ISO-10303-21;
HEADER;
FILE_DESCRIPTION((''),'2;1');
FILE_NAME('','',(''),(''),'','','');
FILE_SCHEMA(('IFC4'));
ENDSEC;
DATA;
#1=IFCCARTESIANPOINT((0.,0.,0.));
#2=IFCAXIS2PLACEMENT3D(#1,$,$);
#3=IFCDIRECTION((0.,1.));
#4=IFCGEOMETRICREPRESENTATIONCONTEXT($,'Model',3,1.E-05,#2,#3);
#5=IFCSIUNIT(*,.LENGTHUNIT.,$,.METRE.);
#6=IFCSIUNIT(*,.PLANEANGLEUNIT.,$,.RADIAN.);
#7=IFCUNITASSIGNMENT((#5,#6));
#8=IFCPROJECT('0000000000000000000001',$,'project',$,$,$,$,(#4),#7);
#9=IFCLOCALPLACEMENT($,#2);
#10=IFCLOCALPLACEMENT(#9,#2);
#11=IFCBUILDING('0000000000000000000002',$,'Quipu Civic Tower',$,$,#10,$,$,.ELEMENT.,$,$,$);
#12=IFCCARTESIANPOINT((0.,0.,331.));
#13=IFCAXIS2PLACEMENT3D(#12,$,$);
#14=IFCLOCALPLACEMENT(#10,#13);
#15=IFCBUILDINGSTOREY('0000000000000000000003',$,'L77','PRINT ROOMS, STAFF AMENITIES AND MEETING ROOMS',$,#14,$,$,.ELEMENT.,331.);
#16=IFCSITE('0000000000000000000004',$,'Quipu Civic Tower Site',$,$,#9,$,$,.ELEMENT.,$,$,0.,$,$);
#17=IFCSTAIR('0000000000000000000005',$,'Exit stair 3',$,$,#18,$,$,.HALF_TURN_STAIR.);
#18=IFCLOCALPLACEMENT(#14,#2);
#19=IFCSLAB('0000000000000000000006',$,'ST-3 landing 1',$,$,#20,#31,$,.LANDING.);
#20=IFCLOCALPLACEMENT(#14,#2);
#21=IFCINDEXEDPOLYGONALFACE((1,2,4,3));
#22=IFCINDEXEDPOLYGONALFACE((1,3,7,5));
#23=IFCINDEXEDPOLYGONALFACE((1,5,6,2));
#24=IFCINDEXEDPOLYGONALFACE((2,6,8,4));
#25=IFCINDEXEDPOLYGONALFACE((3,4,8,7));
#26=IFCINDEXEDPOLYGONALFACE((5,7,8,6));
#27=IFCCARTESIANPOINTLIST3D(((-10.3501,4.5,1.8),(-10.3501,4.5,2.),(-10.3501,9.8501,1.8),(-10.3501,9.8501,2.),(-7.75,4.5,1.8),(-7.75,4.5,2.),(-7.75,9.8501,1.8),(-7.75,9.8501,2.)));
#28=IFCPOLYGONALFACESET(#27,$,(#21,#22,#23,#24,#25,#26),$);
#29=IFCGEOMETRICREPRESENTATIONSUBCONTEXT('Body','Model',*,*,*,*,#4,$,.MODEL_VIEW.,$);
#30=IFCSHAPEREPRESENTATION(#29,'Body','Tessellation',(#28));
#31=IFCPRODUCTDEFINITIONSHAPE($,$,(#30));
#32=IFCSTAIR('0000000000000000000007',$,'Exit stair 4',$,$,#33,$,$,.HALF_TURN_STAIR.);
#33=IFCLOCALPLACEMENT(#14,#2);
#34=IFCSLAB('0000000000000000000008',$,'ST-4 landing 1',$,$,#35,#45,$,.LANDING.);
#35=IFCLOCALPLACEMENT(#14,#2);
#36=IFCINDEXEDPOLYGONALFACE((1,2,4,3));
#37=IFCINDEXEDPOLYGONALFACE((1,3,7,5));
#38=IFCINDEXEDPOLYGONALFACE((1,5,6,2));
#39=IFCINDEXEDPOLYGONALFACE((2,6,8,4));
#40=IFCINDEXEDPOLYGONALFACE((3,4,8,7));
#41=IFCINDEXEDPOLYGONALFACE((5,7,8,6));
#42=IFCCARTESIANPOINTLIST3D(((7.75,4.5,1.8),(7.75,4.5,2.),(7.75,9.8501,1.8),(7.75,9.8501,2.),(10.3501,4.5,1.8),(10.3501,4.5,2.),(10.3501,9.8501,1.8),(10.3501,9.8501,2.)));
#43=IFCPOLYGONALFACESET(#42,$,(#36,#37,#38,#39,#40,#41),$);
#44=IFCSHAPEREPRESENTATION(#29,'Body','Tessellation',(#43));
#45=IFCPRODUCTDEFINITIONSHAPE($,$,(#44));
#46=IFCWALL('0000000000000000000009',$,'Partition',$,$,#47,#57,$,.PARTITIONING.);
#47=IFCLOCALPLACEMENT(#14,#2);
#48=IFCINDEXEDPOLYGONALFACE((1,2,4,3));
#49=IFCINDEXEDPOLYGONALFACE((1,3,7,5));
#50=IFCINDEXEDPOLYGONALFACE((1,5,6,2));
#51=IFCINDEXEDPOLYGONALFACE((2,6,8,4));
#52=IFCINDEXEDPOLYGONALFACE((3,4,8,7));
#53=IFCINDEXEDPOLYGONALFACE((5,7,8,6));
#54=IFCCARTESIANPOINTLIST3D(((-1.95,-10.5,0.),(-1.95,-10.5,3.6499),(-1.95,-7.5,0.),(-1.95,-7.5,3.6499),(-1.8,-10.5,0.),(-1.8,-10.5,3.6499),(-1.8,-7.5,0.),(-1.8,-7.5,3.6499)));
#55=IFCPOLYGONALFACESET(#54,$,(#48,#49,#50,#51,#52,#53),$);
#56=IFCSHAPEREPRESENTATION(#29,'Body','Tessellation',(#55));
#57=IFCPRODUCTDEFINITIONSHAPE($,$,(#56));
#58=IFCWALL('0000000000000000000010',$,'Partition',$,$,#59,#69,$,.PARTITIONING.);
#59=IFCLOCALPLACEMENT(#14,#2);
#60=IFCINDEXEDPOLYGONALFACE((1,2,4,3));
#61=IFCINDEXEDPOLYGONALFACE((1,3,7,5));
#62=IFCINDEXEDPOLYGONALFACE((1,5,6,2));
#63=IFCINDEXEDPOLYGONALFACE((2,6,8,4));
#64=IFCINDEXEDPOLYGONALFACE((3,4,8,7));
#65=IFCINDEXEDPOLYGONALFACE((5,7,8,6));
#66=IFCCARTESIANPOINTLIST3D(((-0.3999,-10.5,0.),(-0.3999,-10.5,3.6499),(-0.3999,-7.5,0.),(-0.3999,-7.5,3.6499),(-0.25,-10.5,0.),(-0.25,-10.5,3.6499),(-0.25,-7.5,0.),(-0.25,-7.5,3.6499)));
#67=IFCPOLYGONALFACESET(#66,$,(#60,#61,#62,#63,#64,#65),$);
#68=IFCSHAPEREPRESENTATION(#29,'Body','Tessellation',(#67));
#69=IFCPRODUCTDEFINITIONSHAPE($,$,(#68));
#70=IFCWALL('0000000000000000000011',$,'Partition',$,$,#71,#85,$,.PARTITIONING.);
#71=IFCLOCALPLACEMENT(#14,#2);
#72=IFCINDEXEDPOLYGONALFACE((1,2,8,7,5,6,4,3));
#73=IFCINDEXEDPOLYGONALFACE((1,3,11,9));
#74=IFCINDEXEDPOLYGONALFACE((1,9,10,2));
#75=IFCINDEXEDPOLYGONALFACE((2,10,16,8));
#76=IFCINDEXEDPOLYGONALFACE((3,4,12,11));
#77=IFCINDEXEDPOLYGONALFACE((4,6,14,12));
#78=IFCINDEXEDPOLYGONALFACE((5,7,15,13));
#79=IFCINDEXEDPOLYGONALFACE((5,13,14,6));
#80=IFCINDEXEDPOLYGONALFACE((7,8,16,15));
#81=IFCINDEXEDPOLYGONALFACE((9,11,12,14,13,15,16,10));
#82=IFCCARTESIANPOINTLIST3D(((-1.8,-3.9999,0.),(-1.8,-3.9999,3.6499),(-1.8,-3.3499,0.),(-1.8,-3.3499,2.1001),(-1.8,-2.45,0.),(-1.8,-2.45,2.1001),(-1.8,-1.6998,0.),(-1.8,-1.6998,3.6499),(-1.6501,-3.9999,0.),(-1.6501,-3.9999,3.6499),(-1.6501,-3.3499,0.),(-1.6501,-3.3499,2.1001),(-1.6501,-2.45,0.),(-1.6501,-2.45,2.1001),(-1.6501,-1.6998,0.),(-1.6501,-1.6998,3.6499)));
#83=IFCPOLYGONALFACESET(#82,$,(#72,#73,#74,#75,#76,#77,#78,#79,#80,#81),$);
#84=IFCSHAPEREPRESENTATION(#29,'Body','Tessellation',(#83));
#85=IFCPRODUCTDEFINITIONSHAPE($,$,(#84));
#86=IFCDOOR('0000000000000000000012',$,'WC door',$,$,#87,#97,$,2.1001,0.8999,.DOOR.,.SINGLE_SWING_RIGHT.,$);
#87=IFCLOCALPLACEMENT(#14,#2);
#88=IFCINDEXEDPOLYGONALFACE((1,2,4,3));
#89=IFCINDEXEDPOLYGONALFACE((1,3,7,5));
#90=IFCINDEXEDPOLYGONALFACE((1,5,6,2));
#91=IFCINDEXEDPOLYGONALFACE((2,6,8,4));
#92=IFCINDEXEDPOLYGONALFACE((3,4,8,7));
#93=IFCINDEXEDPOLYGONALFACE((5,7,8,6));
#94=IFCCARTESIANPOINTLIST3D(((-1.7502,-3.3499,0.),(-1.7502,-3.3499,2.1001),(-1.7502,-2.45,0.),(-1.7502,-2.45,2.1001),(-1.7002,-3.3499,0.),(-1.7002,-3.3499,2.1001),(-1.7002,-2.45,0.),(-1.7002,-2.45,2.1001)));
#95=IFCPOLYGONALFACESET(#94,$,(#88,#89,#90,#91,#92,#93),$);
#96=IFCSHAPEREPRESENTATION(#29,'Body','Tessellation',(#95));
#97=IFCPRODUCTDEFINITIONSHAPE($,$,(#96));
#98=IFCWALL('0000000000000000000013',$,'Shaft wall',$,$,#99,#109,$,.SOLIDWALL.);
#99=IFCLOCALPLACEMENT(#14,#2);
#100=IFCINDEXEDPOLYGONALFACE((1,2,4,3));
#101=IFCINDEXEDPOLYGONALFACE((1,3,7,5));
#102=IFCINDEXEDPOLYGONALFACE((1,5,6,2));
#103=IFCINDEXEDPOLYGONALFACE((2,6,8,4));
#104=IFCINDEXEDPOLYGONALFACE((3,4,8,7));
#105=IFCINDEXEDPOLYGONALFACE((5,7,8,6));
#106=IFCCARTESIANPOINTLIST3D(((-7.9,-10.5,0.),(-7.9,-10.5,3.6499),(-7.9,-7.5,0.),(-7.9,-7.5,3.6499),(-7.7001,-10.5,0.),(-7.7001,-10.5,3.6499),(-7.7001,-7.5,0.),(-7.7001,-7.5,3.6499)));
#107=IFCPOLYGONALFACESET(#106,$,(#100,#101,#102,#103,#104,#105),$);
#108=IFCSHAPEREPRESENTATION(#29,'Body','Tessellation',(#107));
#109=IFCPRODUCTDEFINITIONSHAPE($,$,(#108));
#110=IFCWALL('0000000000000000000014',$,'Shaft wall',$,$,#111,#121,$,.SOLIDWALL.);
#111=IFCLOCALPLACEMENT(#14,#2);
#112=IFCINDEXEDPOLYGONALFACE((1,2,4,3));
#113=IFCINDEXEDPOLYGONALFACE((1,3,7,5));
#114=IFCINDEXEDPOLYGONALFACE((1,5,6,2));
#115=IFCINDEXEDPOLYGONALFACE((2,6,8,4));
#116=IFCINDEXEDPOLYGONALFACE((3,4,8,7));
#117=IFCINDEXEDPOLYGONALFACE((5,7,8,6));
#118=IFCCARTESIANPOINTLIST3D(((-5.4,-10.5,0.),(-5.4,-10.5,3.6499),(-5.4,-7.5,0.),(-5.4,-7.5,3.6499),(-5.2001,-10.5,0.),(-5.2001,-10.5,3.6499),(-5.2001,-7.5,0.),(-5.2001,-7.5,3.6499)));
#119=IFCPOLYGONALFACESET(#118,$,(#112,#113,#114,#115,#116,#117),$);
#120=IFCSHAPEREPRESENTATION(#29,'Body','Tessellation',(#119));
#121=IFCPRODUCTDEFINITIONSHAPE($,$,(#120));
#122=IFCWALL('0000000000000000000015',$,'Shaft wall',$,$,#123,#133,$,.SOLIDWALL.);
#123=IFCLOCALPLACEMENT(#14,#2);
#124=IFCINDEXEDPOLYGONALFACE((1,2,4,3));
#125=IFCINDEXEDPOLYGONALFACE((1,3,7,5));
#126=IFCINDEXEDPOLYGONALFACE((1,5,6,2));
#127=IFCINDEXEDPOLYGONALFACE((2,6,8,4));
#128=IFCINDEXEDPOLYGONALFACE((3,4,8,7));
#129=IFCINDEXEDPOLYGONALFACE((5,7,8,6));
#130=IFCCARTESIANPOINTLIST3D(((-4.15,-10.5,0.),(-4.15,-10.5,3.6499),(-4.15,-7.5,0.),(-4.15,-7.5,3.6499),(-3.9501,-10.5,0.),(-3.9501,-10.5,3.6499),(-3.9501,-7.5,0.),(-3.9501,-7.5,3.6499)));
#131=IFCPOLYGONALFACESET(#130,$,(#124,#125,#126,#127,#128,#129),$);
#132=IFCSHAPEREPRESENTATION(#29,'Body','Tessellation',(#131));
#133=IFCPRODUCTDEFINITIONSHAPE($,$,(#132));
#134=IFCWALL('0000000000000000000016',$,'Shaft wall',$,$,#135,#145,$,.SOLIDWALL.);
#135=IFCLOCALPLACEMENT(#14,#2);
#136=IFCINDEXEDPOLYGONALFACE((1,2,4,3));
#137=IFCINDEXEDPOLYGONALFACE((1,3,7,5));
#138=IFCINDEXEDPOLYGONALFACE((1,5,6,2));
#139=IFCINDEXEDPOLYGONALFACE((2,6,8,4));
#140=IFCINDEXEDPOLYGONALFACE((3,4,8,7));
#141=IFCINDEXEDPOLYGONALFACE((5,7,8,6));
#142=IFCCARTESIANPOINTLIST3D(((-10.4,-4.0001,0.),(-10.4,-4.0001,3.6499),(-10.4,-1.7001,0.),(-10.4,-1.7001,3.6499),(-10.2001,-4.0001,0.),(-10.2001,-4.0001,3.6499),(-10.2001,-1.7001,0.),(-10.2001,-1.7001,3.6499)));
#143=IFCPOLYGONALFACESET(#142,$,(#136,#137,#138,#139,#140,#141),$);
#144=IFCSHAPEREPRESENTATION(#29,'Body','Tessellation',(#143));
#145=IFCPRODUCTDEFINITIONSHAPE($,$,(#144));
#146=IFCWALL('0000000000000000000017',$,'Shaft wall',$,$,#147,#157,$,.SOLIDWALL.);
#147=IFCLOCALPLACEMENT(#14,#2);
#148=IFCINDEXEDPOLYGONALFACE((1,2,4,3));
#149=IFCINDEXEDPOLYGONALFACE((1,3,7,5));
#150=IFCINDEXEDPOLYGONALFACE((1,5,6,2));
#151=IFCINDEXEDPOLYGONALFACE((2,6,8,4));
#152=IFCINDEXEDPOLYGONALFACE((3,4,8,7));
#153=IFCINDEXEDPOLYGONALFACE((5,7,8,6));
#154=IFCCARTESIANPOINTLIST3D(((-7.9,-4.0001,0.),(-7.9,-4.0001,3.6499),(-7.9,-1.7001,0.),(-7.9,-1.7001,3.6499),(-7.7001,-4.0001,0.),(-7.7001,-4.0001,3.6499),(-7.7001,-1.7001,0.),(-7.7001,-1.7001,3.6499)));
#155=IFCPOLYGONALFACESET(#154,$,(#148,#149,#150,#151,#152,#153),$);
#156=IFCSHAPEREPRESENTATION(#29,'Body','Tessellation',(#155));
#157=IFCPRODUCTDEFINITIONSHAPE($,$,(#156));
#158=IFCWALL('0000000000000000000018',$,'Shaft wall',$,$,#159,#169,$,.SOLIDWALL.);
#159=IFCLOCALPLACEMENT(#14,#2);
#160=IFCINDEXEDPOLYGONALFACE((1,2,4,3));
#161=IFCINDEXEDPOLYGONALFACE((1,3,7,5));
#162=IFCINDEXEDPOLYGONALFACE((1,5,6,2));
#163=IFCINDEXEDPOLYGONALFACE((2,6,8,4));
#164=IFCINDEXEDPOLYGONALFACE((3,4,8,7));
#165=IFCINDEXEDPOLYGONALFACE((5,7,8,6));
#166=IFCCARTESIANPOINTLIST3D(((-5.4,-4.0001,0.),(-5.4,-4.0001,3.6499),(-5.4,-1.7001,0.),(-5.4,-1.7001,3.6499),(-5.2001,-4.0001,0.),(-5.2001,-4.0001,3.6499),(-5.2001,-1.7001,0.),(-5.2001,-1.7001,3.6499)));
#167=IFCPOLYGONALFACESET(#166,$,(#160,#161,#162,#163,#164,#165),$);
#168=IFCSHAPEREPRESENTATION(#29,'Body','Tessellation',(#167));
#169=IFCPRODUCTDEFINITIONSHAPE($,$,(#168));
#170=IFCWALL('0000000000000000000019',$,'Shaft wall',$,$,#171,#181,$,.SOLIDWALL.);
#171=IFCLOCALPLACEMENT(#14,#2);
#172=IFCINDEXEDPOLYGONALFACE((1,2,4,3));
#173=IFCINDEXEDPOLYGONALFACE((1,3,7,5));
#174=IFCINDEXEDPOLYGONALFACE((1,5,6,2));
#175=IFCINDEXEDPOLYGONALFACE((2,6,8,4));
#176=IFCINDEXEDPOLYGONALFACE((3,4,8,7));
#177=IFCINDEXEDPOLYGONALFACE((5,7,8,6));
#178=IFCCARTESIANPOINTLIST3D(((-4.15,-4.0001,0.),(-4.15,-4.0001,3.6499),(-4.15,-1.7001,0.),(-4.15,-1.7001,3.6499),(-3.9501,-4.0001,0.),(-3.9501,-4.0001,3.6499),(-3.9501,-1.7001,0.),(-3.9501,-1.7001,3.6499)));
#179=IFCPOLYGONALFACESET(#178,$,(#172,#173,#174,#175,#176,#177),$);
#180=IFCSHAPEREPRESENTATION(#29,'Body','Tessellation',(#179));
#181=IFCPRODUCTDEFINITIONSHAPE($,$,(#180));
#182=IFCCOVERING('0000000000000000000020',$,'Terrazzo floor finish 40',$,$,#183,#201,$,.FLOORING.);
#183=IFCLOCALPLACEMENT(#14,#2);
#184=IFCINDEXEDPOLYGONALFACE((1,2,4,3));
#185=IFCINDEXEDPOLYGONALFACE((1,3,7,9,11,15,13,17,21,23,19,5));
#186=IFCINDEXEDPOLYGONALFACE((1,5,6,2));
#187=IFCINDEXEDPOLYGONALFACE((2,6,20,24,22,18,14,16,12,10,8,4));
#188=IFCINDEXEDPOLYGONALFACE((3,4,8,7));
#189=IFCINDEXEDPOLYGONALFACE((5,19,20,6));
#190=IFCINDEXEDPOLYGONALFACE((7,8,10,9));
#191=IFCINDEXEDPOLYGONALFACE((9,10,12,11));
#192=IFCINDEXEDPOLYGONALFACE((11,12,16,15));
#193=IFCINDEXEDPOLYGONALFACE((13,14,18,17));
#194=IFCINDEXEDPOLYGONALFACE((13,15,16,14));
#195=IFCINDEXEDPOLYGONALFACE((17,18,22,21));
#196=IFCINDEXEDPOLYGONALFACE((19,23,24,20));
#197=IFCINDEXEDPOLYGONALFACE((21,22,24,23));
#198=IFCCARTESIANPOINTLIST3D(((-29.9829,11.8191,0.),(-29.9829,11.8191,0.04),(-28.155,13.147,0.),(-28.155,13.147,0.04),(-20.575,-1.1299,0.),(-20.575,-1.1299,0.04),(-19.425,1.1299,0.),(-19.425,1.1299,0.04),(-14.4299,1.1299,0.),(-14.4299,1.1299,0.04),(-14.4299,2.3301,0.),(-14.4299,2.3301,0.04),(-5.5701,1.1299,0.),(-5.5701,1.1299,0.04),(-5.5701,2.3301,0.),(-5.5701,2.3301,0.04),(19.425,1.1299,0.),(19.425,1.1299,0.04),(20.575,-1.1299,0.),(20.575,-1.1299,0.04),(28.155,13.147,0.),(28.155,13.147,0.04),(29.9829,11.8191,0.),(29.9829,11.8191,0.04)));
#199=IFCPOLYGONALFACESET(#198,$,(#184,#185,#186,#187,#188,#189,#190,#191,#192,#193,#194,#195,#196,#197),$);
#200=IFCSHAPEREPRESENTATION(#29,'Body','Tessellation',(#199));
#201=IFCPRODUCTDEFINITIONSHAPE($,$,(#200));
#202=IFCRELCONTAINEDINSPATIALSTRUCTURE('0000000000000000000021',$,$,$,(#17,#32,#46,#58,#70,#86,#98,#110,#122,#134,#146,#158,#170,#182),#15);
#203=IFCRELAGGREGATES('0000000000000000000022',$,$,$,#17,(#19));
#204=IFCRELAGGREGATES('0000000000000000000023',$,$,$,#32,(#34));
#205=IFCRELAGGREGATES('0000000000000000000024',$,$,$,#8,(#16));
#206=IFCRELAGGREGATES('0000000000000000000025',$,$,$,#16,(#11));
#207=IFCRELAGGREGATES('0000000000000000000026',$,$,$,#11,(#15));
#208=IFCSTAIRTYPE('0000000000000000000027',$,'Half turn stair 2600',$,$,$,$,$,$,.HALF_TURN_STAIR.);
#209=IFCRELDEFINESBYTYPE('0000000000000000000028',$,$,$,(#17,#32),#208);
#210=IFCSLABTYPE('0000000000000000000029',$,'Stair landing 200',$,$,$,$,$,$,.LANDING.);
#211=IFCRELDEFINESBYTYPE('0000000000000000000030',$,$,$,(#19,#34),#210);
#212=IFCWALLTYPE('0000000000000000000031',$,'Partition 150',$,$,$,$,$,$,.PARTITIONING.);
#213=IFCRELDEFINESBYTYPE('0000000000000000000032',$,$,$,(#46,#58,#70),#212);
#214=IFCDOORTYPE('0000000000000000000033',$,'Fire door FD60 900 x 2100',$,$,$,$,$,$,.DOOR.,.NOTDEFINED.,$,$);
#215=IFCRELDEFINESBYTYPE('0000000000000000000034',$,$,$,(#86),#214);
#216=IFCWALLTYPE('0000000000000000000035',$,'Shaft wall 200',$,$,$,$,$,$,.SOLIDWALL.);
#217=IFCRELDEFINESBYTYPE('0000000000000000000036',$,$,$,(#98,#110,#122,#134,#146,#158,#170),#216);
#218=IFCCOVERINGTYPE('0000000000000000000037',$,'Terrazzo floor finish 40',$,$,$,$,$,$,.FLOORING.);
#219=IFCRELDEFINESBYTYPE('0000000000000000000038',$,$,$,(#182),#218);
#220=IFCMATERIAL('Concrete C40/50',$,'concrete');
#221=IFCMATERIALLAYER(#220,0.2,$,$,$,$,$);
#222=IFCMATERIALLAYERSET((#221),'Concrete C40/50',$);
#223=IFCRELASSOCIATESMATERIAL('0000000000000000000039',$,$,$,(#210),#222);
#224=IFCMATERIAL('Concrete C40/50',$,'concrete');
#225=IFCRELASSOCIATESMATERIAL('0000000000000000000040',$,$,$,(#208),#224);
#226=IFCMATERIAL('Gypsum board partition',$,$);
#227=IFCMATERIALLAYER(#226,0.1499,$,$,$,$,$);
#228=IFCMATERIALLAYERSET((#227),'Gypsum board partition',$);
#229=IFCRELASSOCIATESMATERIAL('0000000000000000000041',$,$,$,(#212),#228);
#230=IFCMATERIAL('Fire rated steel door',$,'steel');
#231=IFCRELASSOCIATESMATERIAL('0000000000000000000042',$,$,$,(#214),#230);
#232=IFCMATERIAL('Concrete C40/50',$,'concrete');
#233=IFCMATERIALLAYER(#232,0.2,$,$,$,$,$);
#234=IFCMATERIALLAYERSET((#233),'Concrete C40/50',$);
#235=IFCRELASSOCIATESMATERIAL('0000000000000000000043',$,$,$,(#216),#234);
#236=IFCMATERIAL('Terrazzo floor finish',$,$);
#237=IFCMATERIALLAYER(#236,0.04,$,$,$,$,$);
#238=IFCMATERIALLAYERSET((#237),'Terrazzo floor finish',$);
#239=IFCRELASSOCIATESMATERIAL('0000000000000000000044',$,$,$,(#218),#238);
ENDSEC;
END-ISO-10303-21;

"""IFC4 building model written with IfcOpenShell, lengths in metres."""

from ifc_helpers import new_model, si_unit, direction, frame, frame_2d, origin, place, context, subcontext, project, spatial, polyline, rectangle, outline, extrude, material, layer, layer_set, type_object, element, fill, aggregate, save


model = new_model("IFC4")

# Units and contexts
model_context = context("Model", 3, precision=1e-05, world=origin(), true_north=direction((0.0, 1.0)))
body_context = subcontext(model_context, "Body", "Model", "MODEL_VIEW")
ifc_project = project(units=[si_unit("LENGTHUNIT", "METRE"), si_unit("PLANEANGLEUNIT", "RADIAN")], contexts=[model_context])

# Site, building, storey
site_placement = place(None, origin())
site = spatial("IfcSite", under=ifc_project, at=site_placement, Name="Quipu Civic Tower Site", CompositionType="ELEMENT", RefElevation=0.0)
building_placement = place(site_placement, origin())
building = spatial("IfcBuilding", under=site, at=building_placement, Name="Quipu Civic Tower", CompositionType="ELEMENT")
storey_placement = place(building_placement, frame((0.0, 0.0, 331.0)))
storey = spatial("IfcBuildingStorey", under=building, at=storey_placement, Name="L77", Description="PRINT ROOMS, STAFF AMENITIES AND MEETING ROOMS", CompositionType="ELEMENT", Elevation=331.0)

# Stairs, slabs
ifc_material_1 = material(Name="Concrete C40/50", Category="concrete")
ifc_layer_1 = layer(ifc_material_1, 0.2)
ifc_layer_set_1 = layer_set([ifc_layer_1], Name="Concrete C40/50")
slab_type_1 = type_object("IfcSlabType", Name="Stair landing 200", PredefinedType="LANDING", material=ifc_layer_set_1)
ifc_material_2 = material(Name="Concrete C40/50", Category="concrete")
stair_type_1 = type_object("IfcStairType", Name="Half turn stair 2600", PredefinedType="HALF_TURN_STAIR", material=ifc_material_2)
stair_1_placement = place(storey_placement, origin())
stair_1 = element("IfcStair", 1, at=stair_1_placement, inside=storey, type_object=stair_type_1, Name="Exit stair 3", PredefinedType="HALF_TURN_STAIR")
slab_1_placement = place(storey_placement, frame((0.0, 0.0, 1.8)))
slab_1 = element("IfcSlab", 2, at=slab_1_placement, type_object=slab_type_1, Name="ST-3 landing 1", PredefinedType="LANDING", context=body_context, shape_type="SweptSolid", body=[
    extrude(outline(polyline([(-10.3501, 4.5), (-7.75, 4.5), (-7.75, 9.8501), (-10.3501, 9.8501), (-10.3501, 4.5)])), origin(), (0.0, 0.0, 1.0), 0.2),
])
aggregate(stair_1, [slab_1])
stair_2_placement = place(storey_placement, origin())
stair_2 = element("IfcStair", 3, at=stair_2_placement, inside=storey, type_object=stair_type_1, Name="Exit stair 4", PredefinedType="HALF_TURN_STAIR")
slab_2_placement = place(storey_placement, frame((0.0, 0.0, 1.8)))
slab_2 = element("IfcSlab", 4, at=slab_2_placement, type_object=slab_type_1, Name="ST-4 landing 1", PredefinedType="LANDING", context=body_context, shape_type="SweptSolid", body=[
    extrude(outline(polyline([(10.3501, 9.8501), (7.75, 9.8501), (7.75, 4.5), (10.3501, 4.5), (10.3501, 9.8501)])), origin(), (0.0, 0.0, 1.0), 0.2),
])
aggregate(stair_2, [slab_2])

# Walls
ifc_material_3 = material(Name="Gypsum board partition")
ifc_layer_2 = layer(ifc_material_3, 0.1499)
ifc_layer_set_2 = layer_set([ifc_layer_2], Name="Gypsum board partition")
wall_type_1 = type_object("IfcWallType", Name="Partition 150", PredefinedType="PARTITIONING", material=ifc_layer_set_2)
for number, where, z_axis, x_axis, name in (
    (5, (-1.875, -10.5, 0.0), (0.0, 0.0, 1.0), (0.0, 1.0, 0.0), "Partition"),
    (6, (-0.325, -10.5, 0.0), (0.0, 0.0, 1.0), (0.0, 1.0, 0.0), "Partition"),
):
    element("IfcWall", number, at=place(storey_placement, frame(where, z_axis=z_axis, x_axis=x_axis)), inside=storey, type_object=wall_type_1, Name=name, PredefinedType="PARTITIONING", context=body_context, shape_type="SweptSolid", body=[
        extrude(rectangle(XDim=3.0, YDim=0.1499, at=frame_2d((1.5, 0.0))), origin(), (0.0, 0.0, 1.0), 3.6499),
    ])

# Wall, opening, door
wall_placement = place(storey_placement, frame((-1.7251, -1.7, 0.0), z_axis=(0.0, 0.0, 1.0), x_axis=(0.0, -1.0, 0.0)))
wall = element("IfcWall", 7, at=wall_placement, inside=storey, type_object=wall_type_1, Name="Partition", PredefinedType="PARTITIONING", context=body_context, shape_type="SweptSolid", body=[
    extrude(rectangle(XDim=2.3, YDim=0.1499, at=frame_2d((1.1499, 0.0))), origin(), (0.0, 0.0, 1.0), 3.6499),
])
opening_placement = place(wall_placement, frame((0.75, 0.0, 0.0)))
opening = element("IfcOpeningElement", 8, at=opening_placement, cuts=wall, PredefinedType="OPENING", context=body_context, shape_type="SweptSolid", body=[
    extrude(rectangle(XDim=0.8999, YDim=2.1001, at=frame_2d((0.45, 1.05))), frame((0.0, 0.085, 0.0), z_axis=(0.0, -1.0, 0.0), x_axis=(1.0, 0.0, 0.0)), (0.0, 0.0, 1.0), 0.1699),
])
ifc_material_4 = material(Name="Fire rated steel door", Category="steel")
door_type = type_object("IfcDoorType", Name="Fire door FD60 900 x 2100", OperationType="NOTDEFINED", PredefinedType="DOOR", material=ifc_material_4)
door_placement = place(opening_placement, origin())
door = element("IfcDoor", 9, at=door_placement, inside=storey, type_object=door_type, Name="WC door", OperationType="SINGLE_SWING_RIGHT", OverallHeight=2.1001, OverallWidth=0.8999, PredefinedType="DOOR", context=body_context, shape_type="SweptSolid", body=[
    extrude(rectangle(XDim=0.8999, YDim=2.1001, at=frame_2d((0.45, 1.05))), frame((0.0, 0.0249, 0.0), z_axis=(0.0, -1.0, 0.0), x_axis=(1.0, 0.0, 0.0)), (0.0, 0.0, 1.0), 0.05),
])
fill(opening, door)

# Walls
ifc_material_5 = material(Name="Concrete C40/50", Category="concrete")
ifc_layer_3 = layer(ifc_material_5, 0.2)
ifc_layer_set_3 = layer_set([ifc_layer_3], Name="Concrete C40/50")
wall_type_2 = type_object("IfcWallType", Name="Shaft wall 200", PredefinedType="SOLIDWALL", material=ifc_layer_set_3)
for number, where, z_axis, x_axis, name in (
    (10, (-7.8, -10.5, 0.0), (0.0, 0.0, 1.0), (0.0, 1.0, 0.0), "Shaft wall"),
    (11, (-5.3, -10.5, 0.0), (0.0, 0.0, 1.0), (0.0, 1.0, 0.0), "Shaft wall"),
    (12, (-4.05, -10.5, 0.0), (0.0, 0.0, 1.0), (0.0, 1.0, 0.0), "Shaft wall"),
):
    element("IfcWall", number, at=place(storey_placement, frame(where, z_axis=z_axis, x_axis=x_axis)), inside=storey, type_object=wall_type_2, Name=name, PredefinedType="SOLIDWALL", context=body_context, shape_type="SweptSolid", body=[
        extrude(rectangle(XDim=3.0, YDim=0.2, at=frame_2d((1.5, 0.0))), origin(), (0.0, 0.0, 1.0), 3.6499),
    ])
for number, where, z_axis, x_axis, name in (
    (13, (-10.3, -4.0, 0.0), (0.0, 0.0, 1.0), (0.0, 1.0, 0.0), "Shaft wall"),
    (14, (-7.8, -4.0, 0.0), (0.0, 0.0, 1.0), (0.0, 1.0, 0.0), "Shaft wall"),
    (15, (-5.3, -4.0, 0.0), (0.0, 0.0, 1.0), (0.0, 1.0, 0.0), "Shaft wall"),
    (16, (-4.05, -4.0, 0.0), (0.0, 0.0, 1.0), (0.0, 1.0, 0.0), "Shaft wall"),
):
    element("IfcWall", number, at=place(storey_placement, frame(where, z_axis=z_axis, x_axis=x_axis)), inside=storey, type_object=wall_type_2, Name=name, PredefinedType="SOLIDWALL", context=body_context, shape_type="SweptSolid", body=[
        extrude(rectangle(XDim=2.3, YDim=0.2, at=frame_2d((1.1499, 0.0))), origin(), (0.0, 0.0, 1.0), 3.6499),
    ])

# Covering
ifc_material_6 = material(Name="Terrazzo floor finish")
ifc_layer_4 = layer(ifc_material_6, 0.04)
ifc_layer_set_4 = layer_set([ifc_layer_4], Name="Terrazzo floor finish")
covering_type = type_object("IfcCoveringType", Name="Terrazzo floor finish 40", PredefinedType="FLOORING", material=ifc_layer_set_4)
covering_placement = place(storey_placement, origin())
element("IfcCovering", 17, at=covering_placement, inside=storey, type_object=covering_type, Name="Terrazzo floor finish 40", PredefinedType="FLOORING", context=body_context, shape_type="SweptSolid", body=[
    extrude(outline(polyline([(19.425, 1.1299), (28.155, 13.147), (29.9829, 11.8191), (20.575, -1.1299), (-20.575, -1.1299), (-29.9829, 11.8191), (-28.155, 13.147), (-19.425, 1.1299), (-14.4299, 1.1299), (-14.4299, 2.3301), (-5.5701, 2.3301), (-5.5701, 1.1299), (19.425, 1.1299)])), origin(), (0.0, 0.0, 1.0), 0.04),
])

save(model, "model.ifc")
